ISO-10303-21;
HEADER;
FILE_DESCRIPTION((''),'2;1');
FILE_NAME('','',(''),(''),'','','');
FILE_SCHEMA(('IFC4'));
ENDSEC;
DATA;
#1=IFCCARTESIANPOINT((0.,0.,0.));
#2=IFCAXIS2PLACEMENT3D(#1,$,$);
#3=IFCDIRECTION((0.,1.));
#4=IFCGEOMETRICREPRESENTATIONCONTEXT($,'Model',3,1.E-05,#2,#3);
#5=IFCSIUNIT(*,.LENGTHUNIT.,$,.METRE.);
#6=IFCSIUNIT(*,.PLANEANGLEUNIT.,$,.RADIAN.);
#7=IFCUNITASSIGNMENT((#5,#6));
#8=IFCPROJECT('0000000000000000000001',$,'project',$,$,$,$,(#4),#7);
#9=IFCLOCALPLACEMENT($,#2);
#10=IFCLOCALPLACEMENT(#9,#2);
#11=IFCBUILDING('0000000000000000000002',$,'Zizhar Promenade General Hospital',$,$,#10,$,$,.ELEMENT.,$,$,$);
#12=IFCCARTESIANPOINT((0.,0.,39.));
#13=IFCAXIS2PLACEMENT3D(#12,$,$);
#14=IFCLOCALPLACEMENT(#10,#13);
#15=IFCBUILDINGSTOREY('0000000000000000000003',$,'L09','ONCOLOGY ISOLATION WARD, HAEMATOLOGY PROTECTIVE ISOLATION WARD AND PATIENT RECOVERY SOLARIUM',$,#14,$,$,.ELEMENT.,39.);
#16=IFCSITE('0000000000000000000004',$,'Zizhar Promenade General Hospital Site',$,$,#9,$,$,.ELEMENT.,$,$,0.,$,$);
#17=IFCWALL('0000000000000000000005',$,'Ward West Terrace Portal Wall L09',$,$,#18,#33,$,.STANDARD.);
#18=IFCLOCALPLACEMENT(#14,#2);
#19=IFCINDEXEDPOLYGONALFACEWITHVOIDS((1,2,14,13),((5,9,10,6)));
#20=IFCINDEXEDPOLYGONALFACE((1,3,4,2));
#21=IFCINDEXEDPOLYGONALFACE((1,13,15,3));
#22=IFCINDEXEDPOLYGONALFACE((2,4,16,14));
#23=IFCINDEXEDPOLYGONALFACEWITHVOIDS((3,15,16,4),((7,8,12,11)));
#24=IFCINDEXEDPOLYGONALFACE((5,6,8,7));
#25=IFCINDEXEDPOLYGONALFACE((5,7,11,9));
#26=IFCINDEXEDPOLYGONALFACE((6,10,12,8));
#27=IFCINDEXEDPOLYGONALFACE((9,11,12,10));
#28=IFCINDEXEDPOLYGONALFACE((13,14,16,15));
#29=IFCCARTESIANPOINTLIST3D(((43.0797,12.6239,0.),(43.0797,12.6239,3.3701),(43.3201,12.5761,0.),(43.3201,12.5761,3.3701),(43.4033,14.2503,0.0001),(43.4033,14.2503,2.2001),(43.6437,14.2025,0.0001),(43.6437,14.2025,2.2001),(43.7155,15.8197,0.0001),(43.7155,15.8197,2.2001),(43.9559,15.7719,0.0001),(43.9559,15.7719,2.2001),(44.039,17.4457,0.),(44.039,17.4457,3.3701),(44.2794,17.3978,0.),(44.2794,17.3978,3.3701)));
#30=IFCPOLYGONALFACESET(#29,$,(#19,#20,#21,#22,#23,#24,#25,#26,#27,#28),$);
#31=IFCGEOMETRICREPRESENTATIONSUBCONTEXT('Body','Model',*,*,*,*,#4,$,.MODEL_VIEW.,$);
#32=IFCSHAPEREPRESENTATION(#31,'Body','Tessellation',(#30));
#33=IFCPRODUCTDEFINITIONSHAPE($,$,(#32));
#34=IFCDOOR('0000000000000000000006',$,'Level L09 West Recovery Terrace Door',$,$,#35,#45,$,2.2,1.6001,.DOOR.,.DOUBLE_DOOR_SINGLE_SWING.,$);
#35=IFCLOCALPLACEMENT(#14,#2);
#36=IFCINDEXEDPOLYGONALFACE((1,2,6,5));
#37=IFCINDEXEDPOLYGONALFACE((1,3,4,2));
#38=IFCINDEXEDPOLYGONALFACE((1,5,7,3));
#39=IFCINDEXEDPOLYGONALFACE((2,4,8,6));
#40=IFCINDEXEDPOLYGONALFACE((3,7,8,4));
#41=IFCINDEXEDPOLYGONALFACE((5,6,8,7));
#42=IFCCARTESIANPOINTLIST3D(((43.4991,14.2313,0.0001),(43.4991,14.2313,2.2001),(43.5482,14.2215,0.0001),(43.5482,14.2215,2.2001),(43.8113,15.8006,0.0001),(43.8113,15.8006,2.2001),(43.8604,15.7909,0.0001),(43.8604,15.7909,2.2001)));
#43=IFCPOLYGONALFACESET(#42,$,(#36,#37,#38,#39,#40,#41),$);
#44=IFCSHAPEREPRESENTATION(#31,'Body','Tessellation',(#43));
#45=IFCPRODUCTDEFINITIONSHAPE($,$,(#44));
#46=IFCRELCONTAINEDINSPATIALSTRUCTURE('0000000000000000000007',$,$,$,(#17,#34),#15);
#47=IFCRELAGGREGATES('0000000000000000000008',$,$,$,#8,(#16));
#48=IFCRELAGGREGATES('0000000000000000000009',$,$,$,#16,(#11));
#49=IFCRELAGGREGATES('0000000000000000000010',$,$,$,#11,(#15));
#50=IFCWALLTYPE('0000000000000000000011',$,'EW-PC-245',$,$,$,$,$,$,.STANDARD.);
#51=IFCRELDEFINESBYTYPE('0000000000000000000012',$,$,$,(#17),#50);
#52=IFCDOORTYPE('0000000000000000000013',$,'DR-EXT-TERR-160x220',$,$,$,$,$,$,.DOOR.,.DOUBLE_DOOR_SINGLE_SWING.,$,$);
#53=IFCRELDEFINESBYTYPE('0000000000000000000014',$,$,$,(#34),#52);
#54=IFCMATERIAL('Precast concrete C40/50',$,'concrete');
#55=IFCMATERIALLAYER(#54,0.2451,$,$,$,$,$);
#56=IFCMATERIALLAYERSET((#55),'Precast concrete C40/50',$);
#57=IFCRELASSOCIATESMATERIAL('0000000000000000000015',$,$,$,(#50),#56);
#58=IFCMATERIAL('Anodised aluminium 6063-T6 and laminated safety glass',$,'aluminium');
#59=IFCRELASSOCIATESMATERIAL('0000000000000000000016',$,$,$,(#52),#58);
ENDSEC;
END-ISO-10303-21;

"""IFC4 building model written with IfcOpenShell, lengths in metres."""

from ifc_helpers import new_model, si_unit, direction, frame, frame_2d, origin, place, context, subcontext, project, spatial, rectangle, extrude, material, layer, layer_set, type_object, element, fill, save


model = new_model("IFC4")

# Units and contexts
model_context = context("Model", 3, precision=1e-05, world=origin(), true_north=direction((0.0, 1.0)))
body_context = subcontext(model_context, "Body", "Model", "MODEL_VIEW")
ifc_project = project(units=[si_unit("LENGTHUNIT", "METRE"), si_unit("PLANEANGLEUNIT", "RADIAN")], contexts=[model_context])

# Site, building, storey
site_placement = place(None, origin())
site = spatial("IfcSite", under=ifc_project, at=site_placement, Name="Zizhar Promenade General Hospital Site", CompositionType="ELEMENT", RefElevation=0.0)
building_placement = place(site_placement, origin())
building = spatial("IfcBuilding", under=site, at=building_placement, Name="Zizhar Promenade General Hospital", CompositionType="ELEMENT")
storey_placement = place(building_placement, frame((0.0, 0.0, 39.0)))
storey = spatial("IfcBuildingStorey", under=building, at=storey_placement, Name="L09", Description="ONCOLOGY ISOLATION WARD, HAEMATOLOGY PROTECTIVE ISOLATION WARD AND PATIENT RECOVERY SOLARIUM", CompositionType="ELEMENT", Elevation=39.0)

# Wall, opening, door
ifc_material_1 = material(Name="Precast concrete C40/50", Category="concrete")
ifc_layer_1 = layer(ifc_material_1, 0.2451)
ifc_layer_set_1 = layer_set([ifc_layer_1], Name="Precast concrete C40/50")
wall_type = type_object("IfcWallType", Name="EW-PC-245", PredefinedType="STANDARD", material=ifc_layer_set_1)
wall_placement = place(storey_placement, frame((43.2, 12.6001, 0.0), z_axis=(0.0, 0.0, 1.0), x_axis=(0.195113, 0.980781, 0.0)))
wall = element("IfcWall", 1, at=wall_placement, inside=storey, type_object=wall_type, Name="Ward West Terrace Portal Wall L09", PredefinedType="STANDARD", context=body_context, shape_type="SweptSolid", body=[
    extrude(rectangle(XDim=4.9163, YDim=0.2451, at=frame_2d((2.458, 0.0))), origin(), (0.0, 0.0, 1.0), 3.3701),
])
opening_placement = place(wall_placement, frame((1.6582, 0.0, 0.0)))
opening = element("IfcOpeningElement", 2, at=opening_placement, cuts=wall, PredefinedType="OPENING", context=body_context, shape_type="SweptSolid", body=[
    extrude(rectangle(XDim=1.6001, YDim=2.2, at=frame_2d((0.8, 1.1001))), frame((0.0, 0.1326, 0.0), z_axis=(0.0, -1.0, 0.0), x_axis=(1.0, 0.0, 0.0)), (0.0, 0.0, 1.0), 0.2651),
])
ifc_material_2 = material(Name="Anodised aluminium 6063-T6 and laminated safety glass", Category="aluminium")
door_type = type_object("IfcDoorType", Name="DR-EXT-TERR-160x220", OperationType="DOUBLE_DOOR_SINGLE_SWING", PredefinedType="DOOR", material=ifc_material_2)
door_placement = place(opening_placement, origin())
door = element("IfcDoor", 3, at=door_placement, inside=storey, type_object=door_type, Name="Level L09 West Recovery Terrace Door", OperationType="DOUBLE_DOOR_SINGLE_SWING", OverallHeight=2.2, OverallWidth=1.6001, PredefinedType="DOOR", context=body_context, shape_type="SweptSolid", body=[
    extrude(rectangle(XDim=1.6001, YDim=2.2, at=frame_2d((0.8, 1.1001))), frame((0.0, 0.0249, 0.0), z_axis=(0.0, -1.0, 0.0), x_axis=(1.0, 0.0, 0.0)), (0.0, 0.0, 1.0), 0.05),
])
fill(opening, door)

save(model, "model.ifc")
